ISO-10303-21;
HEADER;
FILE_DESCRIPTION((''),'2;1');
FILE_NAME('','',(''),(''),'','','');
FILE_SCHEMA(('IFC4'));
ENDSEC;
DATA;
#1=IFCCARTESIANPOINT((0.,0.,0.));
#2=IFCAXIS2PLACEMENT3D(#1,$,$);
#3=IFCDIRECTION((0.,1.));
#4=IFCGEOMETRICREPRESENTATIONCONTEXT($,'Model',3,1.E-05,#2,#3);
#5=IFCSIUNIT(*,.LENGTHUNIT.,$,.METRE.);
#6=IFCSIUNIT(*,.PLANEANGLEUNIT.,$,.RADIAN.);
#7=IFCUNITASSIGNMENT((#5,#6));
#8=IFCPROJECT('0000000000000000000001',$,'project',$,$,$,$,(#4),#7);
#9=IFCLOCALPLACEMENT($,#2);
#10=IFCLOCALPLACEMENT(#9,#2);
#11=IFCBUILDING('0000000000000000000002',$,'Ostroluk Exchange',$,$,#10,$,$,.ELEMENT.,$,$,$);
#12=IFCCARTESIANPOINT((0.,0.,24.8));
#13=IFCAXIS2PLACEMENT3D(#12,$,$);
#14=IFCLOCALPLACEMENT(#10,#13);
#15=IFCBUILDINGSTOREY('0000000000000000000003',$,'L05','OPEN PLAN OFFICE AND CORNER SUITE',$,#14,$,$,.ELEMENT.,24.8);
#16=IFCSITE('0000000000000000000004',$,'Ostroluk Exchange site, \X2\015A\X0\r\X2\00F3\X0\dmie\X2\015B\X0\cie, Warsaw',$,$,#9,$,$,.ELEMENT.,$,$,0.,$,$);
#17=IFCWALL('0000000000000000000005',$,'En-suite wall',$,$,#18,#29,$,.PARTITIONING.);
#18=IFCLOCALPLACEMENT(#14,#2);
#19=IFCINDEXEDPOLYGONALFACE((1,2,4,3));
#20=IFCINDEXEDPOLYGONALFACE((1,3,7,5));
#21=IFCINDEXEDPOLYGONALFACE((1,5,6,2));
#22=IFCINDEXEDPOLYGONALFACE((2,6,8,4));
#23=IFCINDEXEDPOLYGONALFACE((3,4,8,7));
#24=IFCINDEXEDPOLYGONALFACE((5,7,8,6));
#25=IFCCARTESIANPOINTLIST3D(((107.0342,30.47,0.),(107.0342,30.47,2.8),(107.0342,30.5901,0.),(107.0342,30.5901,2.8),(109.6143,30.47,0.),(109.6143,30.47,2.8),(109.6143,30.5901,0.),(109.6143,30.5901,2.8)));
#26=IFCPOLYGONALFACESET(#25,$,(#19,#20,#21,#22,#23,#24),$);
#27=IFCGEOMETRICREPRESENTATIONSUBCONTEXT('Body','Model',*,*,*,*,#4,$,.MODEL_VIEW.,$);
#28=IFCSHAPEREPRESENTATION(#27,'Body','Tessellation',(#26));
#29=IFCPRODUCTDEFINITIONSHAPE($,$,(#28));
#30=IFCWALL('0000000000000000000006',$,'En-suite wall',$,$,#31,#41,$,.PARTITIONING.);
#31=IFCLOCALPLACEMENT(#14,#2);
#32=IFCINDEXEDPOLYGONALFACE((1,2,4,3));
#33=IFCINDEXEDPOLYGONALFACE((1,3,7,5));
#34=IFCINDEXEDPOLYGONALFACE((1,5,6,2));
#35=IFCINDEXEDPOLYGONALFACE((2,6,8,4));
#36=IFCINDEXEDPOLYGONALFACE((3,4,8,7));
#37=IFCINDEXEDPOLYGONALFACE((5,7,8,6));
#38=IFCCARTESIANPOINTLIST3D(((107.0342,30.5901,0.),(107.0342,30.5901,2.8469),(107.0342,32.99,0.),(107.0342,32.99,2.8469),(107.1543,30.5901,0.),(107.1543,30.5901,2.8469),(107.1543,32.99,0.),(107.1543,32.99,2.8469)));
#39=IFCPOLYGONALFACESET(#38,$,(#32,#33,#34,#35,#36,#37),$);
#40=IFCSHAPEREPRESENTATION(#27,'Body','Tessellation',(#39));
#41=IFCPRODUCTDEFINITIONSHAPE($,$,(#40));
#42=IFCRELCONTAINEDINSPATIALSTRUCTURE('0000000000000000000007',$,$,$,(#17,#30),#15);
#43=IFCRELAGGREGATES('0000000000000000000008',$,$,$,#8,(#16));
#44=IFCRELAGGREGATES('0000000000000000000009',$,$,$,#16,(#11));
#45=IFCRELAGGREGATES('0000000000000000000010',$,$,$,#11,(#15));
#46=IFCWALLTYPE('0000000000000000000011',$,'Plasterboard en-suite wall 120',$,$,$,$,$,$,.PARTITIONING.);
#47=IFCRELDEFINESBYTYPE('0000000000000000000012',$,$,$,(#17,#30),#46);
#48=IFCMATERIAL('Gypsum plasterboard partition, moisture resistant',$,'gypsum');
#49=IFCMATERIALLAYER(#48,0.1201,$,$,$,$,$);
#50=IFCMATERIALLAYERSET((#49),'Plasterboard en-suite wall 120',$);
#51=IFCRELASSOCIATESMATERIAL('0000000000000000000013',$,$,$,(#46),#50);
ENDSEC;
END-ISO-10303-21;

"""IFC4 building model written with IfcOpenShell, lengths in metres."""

from ifc_helpers import new_model, si_unit, direction, frame, frame_2d, origin, place, context, subcontext, project, spatial, rectangle, extrude, material, layer, layer_set, type_object, element, save


model = new_model("IFC4")

# Units and contexts
model_context = context("Model", 3, precision=1e-05, world=origin(), true_north=direction((0.0, 1.0)))
body_context = subcontext(model_context, "Body", "Model", "MODEL_VIEW")
ifc_project = project(units=[si_unit("LENGTHUNIT", "METRE"), si_unit("PLANEANGLEUNIT", "RADIAN")], contexts=[model_context])

# Site, building, storey
site_placement = place(None, origin())
site = spatial("IfcSite", under=ifc_project, at=site_placement, Name="Ostroluk Exchange site, Śródmieście, Warsaw", CompositionType="ELEMENT", RefElevation=0.0)
building_placement = place(site_placement, origin())
building = spatial("IfcBuilding", under=site, at=building_placement, Name="Ostroluk Exchange", CompositionType="ELEMENT")
storey_placement = place(building_placement, frame((0.0, 0.0, 24.8)))
storey = spatial("IfcBuildingStorey", under=building, at=storey_placement, Name="L05", Description="OPEN PLAN OFFICE AND CORNER SUITE", CompositionType="ELEMENT", Elevation=24.8)

# Shared definitions
ifc_material_1 = material(Name="Gypsum plasterboard partition, moisture resistant", Category="gypsum")
ifc_layer_1 = layer(ifc_material_1, 0.1201)
ifc_layer_set_1 = layer_set([ifc_layer_1], Name="Plasterboard en-suite wall 120")
wall_type = type_object("IfcWallType", Name="Plasterboard en-suite wall 120", PredefinedType="PARTITIONING", material=ifc_layer_set_1)

# Walls
wall_1_placement = place(storey_placement, frame((109.6143, 30.53, 0.0), z_axis=(0.0, 0.0, 1.0), x_axis=(-1.0, 0.0, 0.0)))
element("IfcWall", 1, at=wall_1_placement, inside=storey, type_object=wall_type, Name="En-suite wall", PredefinedType="PARTITIONING", context=body_context, shape_type="SweptSolid", body=[
    extrude(rectangle(XDim=2.5801, YDim=0.1201, at=frame_2d((1.29, 0.0))), origin(), (0.0, 0.0, 1.0), 2.8),
])
wall_2_placement = place(storey_placement, frame((107.0942, 32.99, 0.0), z_axis=(0.0, 0.0, 1.0), x_axis=(0.0, -1.0, 0.0)))
element("IfcWall", 2, at=wall_2_placement, inside=storey, type_object=wall_type, Name="En-suite wall", PredefinedType="PARTITIONING", context=body_context, shape_type="SweptSolid", body=[
    extrude(rectangle(XDim=2.3999, YDim=0.1201, at=frame_2d((1.2, 0.0))), origin(), (0.0, 0.0, 1.0), 2.8469),
])

save(model, "model.ifc")
